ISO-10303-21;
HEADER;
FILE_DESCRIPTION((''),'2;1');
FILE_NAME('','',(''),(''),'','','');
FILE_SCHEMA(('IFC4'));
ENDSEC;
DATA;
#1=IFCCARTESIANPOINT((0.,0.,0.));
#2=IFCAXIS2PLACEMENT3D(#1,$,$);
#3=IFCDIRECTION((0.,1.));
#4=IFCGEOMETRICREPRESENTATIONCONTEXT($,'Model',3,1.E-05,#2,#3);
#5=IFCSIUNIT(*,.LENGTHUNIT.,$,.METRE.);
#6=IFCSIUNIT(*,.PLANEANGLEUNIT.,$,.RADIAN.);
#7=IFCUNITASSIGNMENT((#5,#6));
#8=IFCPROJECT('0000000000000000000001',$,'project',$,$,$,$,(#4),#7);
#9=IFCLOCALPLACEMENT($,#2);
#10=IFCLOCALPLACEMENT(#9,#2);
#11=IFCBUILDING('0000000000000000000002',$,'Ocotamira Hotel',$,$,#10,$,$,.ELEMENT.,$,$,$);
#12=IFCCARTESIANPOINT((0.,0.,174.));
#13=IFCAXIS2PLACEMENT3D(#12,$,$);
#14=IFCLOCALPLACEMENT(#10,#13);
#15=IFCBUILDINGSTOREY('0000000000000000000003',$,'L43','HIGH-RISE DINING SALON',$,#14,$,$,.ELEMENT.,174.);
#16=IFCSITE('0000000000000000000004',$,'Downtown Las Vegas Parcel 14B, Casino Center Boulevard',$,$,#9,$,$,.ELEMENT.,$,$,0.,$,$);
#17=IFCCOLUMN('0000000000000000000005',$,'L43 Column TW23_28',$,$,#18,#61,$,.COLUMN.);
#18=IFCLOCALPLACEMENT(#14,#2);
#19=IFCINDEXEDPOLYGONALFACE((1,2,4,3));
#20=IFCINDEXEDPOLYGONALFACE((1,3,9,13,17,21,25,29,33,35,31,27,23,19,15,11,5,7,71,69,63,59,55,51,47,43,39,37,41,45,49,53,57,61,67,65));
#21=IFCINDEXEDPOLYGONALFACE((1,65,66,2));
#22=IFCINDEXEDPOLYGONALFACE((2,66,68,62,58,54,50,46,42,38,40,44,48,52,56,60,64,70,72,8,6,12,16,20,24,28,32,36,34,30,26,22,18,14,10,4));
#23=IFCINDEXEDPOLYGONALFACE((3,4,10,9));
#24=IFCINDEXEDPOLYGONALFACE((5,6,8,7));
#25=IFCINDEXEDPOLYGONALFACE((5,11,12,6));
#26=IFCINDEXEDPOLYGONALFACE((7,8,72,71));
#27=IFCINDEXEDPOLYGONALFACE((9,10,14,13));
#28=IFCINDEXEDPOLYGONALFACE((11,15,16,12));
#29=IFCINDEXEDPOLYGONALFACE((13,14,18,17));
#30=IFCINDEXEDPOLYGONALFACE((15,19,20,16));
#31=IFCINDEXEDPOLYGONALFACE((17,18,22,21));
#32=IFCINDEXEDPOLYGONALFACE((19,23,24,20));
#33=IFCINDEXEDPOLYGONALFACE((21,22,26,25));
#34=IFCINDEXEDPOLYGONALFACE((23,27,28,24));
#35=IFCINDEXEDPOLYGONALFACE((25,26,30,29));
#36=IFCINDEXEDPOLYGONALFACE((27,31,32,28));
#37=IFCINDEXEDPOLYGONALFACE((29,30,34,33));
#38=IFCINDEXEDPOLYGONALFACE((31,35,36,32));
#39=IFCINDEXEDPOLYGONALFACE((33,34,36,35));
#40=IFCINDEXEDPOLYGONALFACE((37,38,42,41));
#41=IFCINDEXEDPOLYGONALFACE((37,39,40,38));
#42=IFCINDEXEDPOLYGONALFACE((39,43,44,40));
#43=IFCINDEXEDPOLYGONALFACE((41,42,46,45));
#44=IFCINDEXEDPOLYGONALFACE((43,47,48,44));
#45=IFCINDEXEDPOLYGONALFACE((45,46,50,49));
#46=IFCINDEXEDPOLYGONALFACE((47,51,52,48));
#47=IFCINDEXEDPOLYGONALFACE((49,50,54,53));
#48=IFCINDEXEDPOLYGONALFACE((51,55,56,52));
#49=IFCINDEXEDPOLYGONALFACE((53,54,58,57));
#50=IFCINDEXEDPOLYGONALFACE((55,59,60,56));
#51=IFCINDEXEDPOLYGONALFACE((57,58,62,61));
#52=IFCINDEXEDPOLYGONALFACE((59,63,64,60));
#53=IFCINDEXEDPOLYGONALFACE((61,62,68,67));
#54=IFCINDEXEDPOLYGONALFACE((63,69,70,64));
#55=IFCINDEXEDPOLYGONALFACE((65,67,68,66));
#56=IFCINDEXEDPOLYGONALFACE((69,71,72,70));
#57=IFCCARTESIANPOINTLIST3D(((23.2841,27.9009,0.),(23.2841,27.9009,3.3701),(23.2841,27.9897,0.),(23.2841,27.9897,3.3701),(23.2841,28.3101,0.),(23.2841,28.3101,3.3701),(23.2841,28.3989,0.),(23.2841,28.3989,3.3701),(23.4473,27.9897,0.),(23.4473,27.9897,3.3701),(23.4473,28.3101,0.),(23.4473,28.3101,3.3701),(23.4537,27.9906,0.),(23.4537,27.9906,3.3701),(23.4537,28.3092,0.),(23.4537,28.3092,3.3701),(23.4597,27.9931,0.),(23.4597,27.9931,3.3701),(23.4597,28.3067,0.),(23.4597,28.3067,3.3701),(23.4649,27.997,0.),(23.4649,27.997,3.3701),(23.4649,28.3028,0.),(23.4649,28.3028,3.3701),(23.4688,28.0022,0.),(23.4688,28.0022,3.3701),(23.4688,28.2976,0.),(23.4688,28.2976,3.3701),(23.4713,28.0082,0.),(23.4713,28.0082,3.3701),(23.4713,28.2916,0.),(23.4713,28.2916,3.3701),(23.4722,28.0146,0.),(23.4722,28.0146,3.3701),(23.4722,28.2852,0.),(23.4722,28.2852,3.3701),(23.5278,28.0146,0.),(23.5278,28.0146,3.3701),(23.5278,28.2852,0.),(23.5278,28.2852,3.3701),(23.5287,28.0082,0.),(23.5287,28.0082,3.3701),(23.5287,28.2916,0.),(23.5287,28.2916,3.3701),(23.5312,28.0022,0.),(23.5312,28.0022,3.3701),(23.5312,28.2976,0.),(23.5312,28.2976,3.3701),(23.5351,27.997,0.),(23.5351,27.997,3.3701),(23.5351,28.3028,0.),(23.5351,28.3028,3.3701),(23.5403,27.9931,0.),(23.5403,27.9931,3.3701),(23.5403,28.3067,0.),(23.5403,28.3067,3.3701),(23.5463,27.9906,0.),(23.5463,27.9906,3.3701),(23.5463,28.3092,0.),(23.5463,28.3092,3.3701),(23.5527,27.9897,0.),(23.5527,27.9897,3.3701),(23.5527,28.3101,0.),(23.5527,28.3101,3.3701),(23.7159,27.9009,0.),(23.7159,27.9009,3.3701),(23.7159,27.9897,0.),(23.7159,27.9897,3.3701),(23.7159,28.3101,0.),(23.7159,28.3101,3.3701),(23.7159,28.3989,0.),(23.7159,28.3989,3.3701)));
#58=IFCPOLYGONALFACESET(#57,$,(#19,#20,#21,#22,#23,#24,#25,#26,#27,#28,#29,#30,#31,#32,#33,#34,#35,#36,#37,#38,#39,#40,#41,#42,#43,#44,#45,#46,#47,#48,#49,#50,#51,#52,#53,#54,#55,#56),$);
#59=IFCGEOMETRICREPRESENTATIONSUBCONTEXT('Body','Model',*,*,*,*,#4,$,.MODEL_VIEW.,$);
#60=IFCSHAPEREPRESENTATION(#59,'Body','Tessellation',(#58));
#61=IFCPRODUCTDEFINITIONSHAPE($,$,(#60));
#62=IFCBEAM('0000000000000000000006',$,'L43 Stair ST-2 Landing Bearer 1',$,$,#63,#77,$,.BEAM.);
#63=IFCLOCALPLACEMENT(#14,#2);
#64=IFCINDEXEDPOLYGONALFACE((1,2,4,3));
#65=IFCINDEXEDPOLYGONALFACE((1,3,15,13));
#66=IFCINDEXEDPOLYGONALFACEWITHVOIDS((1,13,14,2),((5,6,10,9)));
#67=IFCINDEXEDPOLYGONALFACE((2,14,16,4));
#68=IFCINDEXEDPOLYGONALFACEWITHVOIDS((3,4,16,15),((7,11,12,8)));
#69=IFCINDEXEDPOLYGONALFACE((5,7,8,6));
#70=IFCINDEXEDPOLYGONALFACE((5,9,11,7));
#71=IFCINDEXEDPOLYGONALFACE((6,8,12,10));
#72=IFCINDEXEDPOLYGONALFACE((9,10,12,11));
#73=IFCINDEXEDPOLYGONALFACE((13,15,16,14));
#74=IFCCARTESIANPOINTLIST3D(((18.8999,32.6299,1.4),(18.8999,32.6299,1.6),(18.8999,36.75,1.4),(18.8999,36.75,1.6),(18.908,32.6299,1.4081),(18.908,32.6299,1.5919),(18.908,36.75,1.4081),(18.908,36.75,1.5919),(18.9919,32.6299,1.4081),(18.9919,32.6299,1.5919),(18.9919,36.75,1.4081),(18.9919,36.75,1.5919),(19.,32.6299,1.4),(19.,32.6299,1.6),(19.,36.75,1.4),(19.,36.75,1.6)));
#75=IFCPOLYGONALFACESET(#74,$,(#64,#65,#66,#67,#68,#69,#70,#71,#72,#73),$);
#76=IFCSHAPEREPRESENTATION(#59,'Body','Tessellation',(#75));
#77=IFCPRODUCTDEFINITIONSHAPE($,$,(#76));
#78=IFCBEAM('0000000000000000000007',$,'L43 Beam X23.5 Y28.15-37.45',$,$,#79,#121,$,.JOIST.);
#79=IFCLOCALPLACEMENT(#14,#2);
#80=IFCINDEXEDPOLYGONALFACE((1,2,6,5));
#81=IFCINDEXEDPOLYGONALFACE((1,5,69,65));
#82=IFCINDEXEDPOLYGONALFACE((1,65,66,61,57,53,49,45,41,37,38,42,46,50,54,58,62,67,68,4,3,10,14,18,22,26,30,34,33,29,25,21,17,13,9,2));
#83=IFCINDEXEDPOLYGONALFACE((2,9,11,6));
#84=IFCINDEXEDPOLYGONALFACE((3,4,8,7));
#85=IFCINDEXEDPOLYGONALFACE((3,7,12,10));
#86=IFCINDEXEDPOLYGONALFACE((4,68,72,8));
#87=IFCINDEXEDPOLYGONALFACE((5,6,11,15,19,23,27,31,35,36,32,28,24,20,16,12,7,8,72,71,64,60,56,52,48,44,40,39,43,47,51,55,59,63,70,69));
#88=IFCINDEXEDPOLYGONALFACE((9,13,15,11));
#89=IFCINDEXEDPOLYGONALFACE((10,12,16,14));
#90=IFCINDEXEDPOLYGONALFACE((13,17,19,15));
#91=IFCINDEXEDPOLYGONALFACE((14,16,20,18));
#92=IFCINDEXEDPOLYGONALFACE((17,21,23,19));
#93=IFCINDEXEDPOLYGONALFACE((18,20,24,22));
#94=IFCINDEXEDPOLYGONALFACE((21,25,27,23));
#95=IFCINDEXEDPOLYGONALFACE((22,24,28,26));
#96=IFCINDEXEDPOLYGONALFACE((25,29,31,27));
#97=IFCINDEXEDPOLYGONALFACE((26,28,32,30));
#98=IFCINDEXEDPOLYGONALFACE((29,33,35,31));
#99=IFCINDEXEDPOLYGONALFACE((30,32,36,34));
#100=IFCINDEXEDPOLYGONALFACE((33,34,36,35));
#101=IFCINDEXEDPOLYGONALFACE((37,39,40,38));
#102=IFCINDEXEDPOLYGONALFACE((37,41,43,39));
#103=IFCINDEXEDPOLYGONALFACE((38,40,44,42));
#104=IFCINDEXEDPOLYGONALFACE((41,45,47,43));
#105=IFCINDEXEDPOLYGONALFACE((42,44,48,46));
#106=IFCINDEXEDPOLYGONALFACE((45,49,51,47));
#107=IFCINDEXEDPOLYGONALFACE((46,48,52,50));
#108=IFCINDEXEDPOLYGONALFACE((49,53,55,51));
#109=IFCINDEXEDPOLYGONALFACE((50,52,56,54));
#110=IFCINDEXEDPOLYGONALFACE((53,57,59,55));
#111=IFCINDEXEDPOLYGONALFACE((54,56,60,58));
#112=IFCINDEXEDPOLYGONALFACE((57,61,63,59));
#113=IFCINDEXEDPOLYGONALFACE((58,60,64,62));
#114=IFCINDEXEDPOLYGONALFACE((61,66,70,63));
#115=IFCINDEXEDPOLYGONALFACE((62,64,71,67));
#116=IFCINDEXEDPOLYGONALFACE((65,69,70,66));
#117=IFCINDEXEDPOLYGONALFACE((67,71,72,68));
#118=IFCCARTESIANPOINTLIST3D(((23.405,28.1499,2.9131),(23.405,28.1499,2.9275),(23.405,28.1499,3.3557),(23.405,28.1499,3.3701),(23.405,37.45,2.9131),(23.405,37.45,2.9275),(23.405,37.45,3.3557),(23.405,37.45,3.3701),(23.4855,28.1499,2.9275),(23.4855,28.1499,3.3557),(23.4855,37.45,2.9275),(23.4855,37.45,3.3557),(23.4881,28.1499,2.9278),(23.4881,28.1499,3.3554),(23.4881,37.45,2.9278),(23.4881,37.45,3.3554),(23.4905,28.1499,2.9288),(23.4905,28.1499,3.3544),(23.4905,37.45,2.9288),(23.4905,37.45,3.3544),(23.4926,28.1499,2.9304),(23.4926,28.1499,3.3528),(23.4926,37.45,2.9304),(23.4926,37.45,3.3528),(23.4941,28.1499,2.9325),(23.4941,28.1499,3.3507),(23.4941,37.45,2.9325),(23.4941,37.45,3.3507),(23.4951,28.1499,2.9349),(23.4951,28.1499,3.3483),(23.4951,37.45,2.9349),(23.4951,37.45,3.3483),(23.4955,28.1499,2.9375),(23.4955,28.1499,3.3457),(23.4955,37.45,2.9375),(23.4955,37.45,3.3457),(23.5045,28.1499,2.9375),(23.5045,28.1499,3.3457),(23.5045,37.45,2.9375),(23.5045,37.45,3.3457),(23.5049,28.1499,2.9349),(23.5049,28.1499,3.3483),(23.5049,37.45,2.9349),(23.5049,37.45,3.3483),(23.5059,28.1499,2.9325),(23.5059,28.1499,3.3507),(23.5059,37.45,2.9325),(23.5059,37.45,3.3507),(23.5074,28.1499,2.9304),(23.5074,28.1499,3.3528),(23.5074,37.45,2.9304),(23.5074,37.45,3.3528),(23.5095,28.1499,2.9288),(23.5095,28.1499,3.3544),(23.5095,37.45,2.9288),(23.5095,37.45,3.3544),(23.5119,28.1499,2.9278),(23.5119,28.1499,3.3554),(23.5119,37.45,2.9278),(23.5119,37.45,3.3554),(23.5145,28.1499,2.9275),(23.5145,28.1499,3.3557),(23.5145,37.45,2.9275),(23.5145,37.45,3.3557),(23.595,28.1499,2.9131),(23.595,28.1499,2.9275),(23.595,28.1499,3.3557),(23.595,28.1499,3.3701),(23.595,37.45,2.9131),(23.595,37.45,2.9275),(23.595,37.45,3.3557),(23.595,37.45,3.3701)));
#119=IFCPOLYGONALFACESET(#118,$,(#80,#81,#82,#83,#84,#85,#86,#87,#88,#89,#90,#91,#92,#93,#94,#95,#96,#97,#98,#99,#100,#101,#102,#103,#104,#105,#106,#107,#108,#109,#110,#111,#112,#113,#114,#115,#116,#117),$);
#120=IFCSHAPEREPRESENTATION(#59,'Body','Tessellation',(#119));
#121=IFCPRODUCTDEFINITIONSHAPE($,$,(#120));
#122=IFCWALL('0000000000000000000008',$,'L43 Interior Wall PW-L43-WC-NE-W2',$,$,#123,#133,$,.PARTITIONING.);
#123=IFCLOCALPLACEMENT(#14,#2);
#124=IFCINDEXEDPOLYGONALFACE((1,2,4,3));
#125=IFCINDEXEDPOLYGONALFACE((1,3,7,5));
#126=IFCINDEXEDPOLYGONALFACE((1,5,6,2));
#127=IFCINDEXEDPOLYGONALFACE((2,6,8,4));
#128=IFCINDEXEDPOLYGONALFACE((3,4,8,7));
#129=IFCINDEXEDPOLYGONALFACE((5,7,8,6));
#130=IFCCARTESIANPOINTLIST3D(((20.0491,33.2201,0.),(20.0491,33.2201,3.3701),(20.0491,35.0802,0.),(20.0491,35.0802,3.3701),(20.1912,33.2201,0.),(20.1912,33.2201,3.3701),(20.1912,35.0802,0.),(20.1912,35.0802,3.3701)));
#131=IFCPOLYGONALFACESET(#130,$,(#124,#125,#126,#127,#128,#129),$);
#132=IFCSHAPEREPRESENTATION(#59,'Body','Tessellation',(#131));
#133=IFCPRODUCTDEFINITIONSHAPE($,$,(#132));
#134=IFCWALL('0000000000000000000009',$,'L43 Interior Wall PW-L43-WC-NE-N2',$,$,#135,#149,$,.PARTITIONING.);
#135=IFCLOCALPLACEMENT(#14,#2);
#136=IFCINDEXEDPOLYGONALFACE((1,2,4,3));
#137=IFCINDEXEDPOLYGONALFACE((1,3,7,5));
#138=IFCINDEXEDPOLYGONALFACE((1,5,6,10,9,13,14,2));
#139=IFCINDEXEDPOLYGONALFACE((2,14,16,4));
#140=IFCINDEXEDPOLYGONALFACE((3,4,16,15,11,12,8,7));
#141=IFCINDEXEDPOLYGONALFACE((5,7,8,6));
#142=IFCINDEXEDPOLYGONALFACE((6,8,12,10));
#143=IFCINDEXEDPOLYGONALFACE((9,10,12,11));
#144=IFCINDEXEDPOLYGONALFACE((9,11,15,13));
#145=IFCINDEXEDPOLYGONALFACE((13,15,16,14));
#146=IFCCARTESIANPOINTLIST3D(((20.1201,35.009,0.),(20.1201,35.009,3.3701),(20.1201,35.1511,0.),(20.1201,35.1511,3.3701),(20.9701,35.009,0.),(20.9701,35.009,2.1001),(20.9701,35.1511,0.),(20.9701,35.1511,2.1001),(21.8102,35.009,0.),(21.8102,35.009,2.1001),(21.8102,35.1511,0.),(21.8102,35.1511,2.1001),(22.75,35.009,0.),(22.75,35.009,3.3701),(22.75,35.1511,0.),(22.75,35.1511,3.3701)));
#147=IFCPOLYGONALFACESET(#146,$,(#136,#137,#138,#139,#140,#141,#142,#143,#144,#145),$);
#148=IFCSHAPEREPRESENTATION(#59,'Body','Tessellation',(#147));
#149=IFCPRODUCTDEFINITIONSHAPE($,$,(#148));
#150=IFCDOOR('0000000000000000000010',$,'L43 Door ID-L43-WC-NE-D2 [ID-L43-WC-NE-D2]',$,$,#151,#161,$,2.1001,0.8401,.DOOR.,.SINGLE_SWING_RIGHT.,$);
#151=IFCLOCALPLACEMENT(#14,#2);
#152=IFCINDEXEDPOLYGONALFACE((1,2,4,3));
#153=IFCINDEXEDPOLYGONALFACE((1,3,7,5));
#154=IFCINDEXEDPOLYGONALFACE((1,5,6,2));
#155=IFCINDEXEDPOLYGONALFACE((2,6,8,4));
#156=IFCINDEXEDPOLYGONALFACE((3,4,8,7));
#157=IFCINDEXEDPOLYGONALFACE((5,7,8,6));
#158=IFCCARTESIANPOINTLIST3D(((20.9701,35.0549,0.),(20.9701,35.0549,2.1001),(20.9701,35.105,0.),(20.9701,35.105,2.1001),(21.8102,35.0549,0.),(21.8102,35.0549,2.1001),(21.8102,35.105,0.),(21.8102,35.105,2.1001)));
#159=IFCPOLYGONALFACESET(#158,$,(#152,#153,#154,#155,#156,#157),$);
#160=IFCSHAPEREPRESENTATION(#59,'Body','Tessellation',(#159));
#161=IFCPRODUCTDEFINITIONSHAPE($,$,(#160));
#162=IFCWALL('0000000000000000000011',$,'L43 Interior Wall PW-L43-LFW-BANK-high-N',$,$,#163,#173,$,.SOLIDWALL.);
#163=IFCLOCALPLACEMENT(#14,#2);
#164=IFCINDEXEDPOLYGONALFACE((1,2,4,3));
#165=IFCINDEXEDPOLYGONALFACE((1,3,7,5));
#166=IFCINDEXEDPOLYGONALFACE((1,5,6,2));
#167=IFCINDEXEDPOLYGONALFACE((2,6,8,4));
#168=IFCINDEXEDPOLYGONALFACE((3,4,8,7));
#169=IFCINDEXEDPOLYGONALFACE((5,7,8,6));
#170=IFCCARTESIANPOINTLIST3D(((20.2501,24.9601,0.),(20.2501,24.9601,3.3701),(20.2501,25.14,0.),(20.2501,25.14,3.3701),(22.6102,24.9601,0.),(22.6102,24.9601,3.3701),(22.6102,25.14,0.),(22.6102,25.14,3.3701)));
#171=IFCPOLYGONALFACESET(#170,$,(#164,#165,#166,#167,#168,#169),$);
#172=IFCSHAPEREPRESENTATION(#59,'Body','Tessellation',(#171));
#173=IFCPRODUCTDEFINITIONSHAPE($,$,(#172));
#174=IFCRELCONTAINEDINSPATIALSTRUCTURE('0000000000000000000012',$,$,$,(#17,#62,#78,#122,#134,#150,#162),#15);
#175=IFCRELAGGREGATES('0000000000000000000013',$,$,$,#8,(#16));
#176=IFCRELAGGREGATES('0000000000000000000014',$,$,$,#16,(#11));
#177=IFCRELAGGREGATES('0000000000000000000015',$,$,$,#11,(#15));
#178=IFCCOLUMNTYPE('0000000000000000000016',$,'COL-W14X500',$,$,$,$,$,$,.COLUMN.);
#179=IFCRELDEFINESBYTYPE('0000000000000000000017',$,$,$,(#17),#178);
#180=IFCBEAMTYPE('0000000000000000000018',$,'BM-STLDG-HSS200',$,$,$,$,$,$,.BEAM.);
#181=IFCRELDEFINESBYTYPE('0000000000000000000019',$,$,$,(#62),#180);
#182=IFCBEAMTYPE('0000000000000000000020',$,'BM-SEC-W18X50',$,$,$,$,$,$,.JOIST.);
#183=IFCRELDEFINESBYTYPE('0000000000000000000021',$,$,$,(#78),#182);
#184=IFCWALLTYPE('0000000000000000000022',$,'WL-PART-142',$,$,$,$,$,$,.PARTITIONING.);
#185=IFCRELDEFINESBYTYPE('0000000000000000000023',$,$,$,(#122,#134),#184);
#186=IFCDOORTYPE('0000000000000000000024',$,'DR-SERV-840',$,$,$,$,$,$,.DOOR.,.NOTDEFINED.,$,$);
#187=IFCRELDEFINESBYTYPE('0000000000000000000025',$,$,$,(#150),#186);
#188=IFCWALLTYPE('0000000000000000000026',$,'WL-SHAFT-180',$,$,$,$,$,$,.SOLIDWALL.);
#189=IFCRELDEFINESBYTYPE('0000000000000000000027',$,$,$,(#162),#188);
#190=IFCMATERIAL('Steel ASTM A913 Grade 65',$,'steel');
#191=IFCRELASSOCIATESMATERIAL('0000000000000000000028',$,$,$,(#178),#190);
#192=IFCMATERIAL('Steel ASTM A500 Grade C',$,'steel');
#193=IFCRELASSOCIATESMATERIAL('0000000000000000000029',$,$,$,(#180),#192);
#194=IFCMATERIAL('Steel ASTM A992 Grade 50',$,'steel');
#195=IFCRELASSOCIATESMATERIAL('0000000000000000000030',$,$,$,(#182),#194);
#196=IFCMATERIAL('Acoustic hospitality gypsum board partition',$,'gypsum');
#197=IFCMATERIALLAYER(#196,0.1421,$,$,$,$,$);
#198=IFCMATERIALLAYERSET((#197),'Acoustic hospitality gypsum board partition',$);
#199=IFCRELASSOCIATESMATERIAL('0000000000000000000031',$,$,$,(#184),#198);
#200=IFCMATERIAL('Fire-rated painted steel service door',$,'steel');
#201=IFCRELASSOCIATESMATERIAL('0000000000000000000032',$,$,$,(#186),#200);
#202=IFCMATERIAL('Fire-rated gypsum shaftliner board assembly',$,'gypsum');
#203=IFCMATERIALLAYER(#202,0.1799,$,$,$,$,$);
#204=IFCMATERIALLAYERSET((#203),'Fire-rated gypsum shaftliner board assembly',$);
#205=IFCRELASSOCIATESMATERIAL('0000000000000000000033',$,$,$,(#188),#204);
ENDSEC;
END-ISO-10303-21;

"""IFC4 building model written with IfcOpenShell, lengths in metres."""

from ifc_helpers import new_model, si_unit, direction, frame, frame_2d, origin, origin_2d, place, context, subcontext, project, spatial, rectangle, hollow_rectangle, i_section, extrude, source, transform, mapped, material, layer, layer_set, material_profile, profile_set, type_object, element, fill, save


model = new_model("IFC4")

# Units and contexts
model_context = context("Model", 3, precision=1e-05, world=origin(), true_north=direction((0.0, 1.0)))
body_context = subcontext(model_context, "Body", "Model", "MODEL_VIEW")
ifc_project = project(units=[si_unit("LENGTHUNIT", "METRE"), si_unit("PLANEANGLEUNIT", "RADIAN")], contexts=[model_context])

# Site, building, storey
site_placement = place(None, origin())
site = spatial("IfcSite", under=ifc_project, at=site_placement, Name="Downtown Las Vegas Parcel 14B, Casino Center Boulevard", CompositionType="ELEMENT", RefElevation=0.0)
building_placement = place(site_placement, origin())
building = spatial("IfcBuilding", under=site, at=building_placement, Name="Ocotamira Hotel", CompositionType="ELEMENT")
storey_placement = place(building_placement, frame((0.0, 0.0, 174.0)))
storey = spatial("IfcBuildingStorey", under=building, at=storey_placement, Name="L43", Description="HIGH-RISE DINING SALON", CompositionType="ELEMENT", Elevation=174.0)

# Column
ifc_material_1 = material(Name="Steel ASTM A913 Grade 65", Category="steel")
ifc_material_profile_1 = material_profile(ifc_material_1, i_section(OverallWidth=0.4319, OverallDepth=0.498, WebThickness=0.0557, FlangeThickness=0.0889, FilletRadius=0.0249, at=origin_2d()), Name="W14X500")
ifc_profile_set_1 = profile_set([ifc_material_profile_1], Name="Steel ASTM A913 Grade 65")
column_type = type_object("IfcColumnType", Name="COL-W14X500", PredefinedType="COLUMN", material=ifc_profile_set_1)
shared_shape_1 = source(origin(), body_context, "Body", "SweptSolid", [
    extrude(i_section(OverallWidth=0.4319, OverallDepth=0.498, WebThickness=0.0557, FlangeThickness=0.0889, FilletRadius=0.0249, at=origin_2d()), origin(), (0.0, 0.0, 1.0), 3.3701),
])
column_placement = place(storey_placement, frame((23.5, 28.1499, 0.0), z_axis=(0.0, 0.0, 1.0), x_axis=(1.0, 0.0, 0.0)))
element("IfcColumn", 1, at=column_placement, inside=storey, type_object=column_type, Name="L43 Column TW23_28", PredefinedType="COLUMN", context=body_context, shape_type="MappedRepresentation", body=[
    mapped(shared_shape_1, transform((0.0, 0.0, 0.0), scale=1.0)),
])

# Beams
ifc_material_2 = material(Name="Steel ASTM A500 Grade C", Category="steel")
ifc_material_profile_2 = material_profile(ifc_material_2, hollow_rectangle(XDim=0.1001, YDim=0.2, WallThickness=0.0081, at=origin_2d()), Name="HSS200X100X8")
ifc_profile_set_2 = profile_set([ifc_material_profile_2], Name="Steel ASTM A500 Grade C")
beam_type_1 = type_object("IfcBeamType", Name="BM-STLDG-HSS200", PredefinedType="BEAM", material=ifc_profile_set_2)
shared_shape_2 = source(origin(), body_context, "Body", "SweptSolid", [
    extrude(hollow_rectangle(XDim=0.1001, YDim=0.2, WallThickness=0.0081, at=origin_2d()), origin(), (0.0, 0.0, 1.0), 4.1201),
])
beam_1_placement = place(storey_placement, frame((18.95, 32.6299, 1.5), z_axis=(0.0, 1.0, 0.0), x_axis=(-1.0, 0.0, 0.0)))
element("IfcBeam", 2, at=beam_1_placement, inside=storey, type_object=beam_type_1, Name="L43 Stair ST-2 Landing Bearer 1", PredefinedType="BEAM", context=body_context, shape_type="MappedRepresentation", body=[
    mapped(shared_shape_2, transform((0.0, 0.0, 0.0), scale=1.0)),
])
ifc_material_3 = material(Name="Steel ASTM A992 Grade 50", Category="steel")
ifc_material_profile_3 = material_profile(ifc_material_3, i_section(OverallWidth=0.1899, OverallDepth=0.457, WebThickness=0.009, FlangeThickness=0.0144, FilletRadius=0.01, at=origin_2d()), Name="W18X50")
ifc_profile_set_3 = profile_set([ifc_material_profile_3], Name="Steel ASTM A992 Grade 50")
beam_type_2 = type_object("IfcBeamType", Name="BM-SEC-W18X50", PredefinedType="JOIST", material=ifc_profile_set_3)
shared_shape_3 = source(origin(), body_context, "Body", "SweptSolid", [
    extrude(i_section(OverallWidth=0.1899, OverallDepth=0.457, WebThickness=0.009, FlangeThickness=0.0144, FilletRadius=0.01, at=origin_2d()), origin(), (0.0, 0.0, 1.0), 9.3),
])
beam_2_placement = place(storey_placement, frame((23.5, 28.1499, 3.1416), z_axis=(0.0, 1.0, 0.0), x_axis=(-1.0, 0.0, 0.0)))
element("IfcBeam", 3, at=beam_2_placement, inside=storey, type_object=beam_type_2, Name="L43 Beam X23.5 Y28.15-37.45", PredefinedType="JOIST", context=body_context, shape_type="MappedRepresentation", body=[
    mapped(shared_shape_3, transform((0.0, 0.0, 0.0), scale=1.0)),
])

# Wall
ifc_material_4 = material(Name="Acoustic hospitality gypsum board partition", Category="gypsum")
ifc_layer_1 = layer(ifc_material_4, 0.1421)
ifc_layer_set_1 = layer_set([ifc_layer_1], Name="Acoustic hospitality gypsum board partition")
wall_type_1 = type_object("IfcWallType", Name="WL-PART-142", PredefinedType="PARTITIONING", material=ifc_layer_set_1)
wall_1_placement = place(storey_placement, frame((20.1201, 33.22, 0.0), z_axis=(0.0, 0.0, 1.0), x_axis=(0.0, 1.0, 0.0)))
element("IfcWall", 4, at=wall_1_placement, inside=storey, type_object=wall_type_1, Name="L43 Interior Wall PW-L43-WC-NE-W2", PredefinedType="PARTITIONING", context=body_context, shape_type="SweptSolid", body=[
    extrude(rectangle(XDim=1.8601, YDim=0.1421, at=frame_2d((0.9302, 0.0))), origin(), (0.0, 0.0, 1.0), 3.3701),
])

# Wall, opening, door
wall_2_placement = place(storey_placement, frame((20.1201, 35.0801, 0.0), z_axis=(0.0, 0.0, 1.0), x_axis=(1.0, 0.0, 0.0)))
wall_2 = element("IfcWall", 5, at=wall_2_placement, inside=storey, type_object=wall_type_1, Name="L43 Interior Wall PW-L43-WC-NE-N2", PredefinedType="PARTITIONING", context=body_context, shape_type="SweptSolid", body=[
    extrude(rectangle(XDim=2.6299, YDim=0.1421, at=frame_2d((1.3149, 0.0))), origin(), (0.0, 0.0, 1.0), 3.3701),
])
opening_1_placement = place(wall_2_placement, frame((0.8501, 0.0, 0.0)))
opening_1 = element("IfcOpeningElement", 6, at=opening_1_placement, cuts=wall_2, PredefinedType="OPENING", context=body_context, shape_type="SweptSolid", body=[
    extrude(rectangle(XDim=0.8401, YDim=2.1001, at=frame_2d((0.4199, 1.05))), frame((0.0, 0.0811, 0.0), z_axis=(0.0, -1.0, 0.0), x_axis=(1.0, 0.0, 0.0)), (0.0, 0.0, 1.0), 0.1621),
])
ifc_material_5 = material(Name="Fire-rated painted steel service door", Category="steel")
door_type_1 = type_object("IfcDoorType", Name="DR-SERV-840", OperationType="NOTDEFINED", PredefinedType="DOOR", material=ifc_material_5)
shared_shape_4 = source(origin(), body_context, "Body", "SweptSolid", [
    extrude(rectangle(XDim=0.8401, YDim=2.1001, at=frame_2d((0.4199, 1.05))), frame((0.0, 0.0249, 0.0), z_axis=(0.0, -1.0, 0.0), x_axis=(1.0, 0.0, 0.0)), (0.0, 0.0, 1.0), 0.05),
])
door_1_placement = place(opening_1_placement, origin())
door_1 = element("IfcDoor", 7, at=door_1_placement, inside=storey, type_object=door_type_1, Name="L43 Door ID-L43-WC-NE-D2 [ID-L43-WC-NE-D2]", OperationType="SINGLE_SWING_RIGHT", OverallHeight=2.1001, OverallWidth=0.8401, PredefinedType="DOOR", context=body_context, shape_type="MappedRepresentation", body=[
    mapped(shared_shape_4, transform((0.0, 0.0, 0.0), scale=1.0)),
])
fill(opening_1, door_1)

# Wall
ifc_material_6 = material(Name="Fire-rated gypsum shaftliner board assembly", Category="gypsum")
ifc_layer_2 = layer(ifc_material_6, 0.1799)
ifc_layer_set_2 = layer_set([ifc_layer_2], Name="Fire-rated gypsum shaftliner board assembly")
wall_type_2 = type_object("IfcWallType", Name="WL-SHAFT-180", PredefinedType="SOLIDWALL", material=ifc_layer_set_2)
wall_3_placement = place(storey_placement, frame((20.25, 25.05, 0.0), z_axis=(0.0, 0.0, 1.0), x_axis=(1.0, 0.0, 0.0)))
element("IfcWall", 8, at=wall_3_placement, inside=storey, type_object=wall_type_2, Name="L43 Interior Wall PW-L43-LFW-BANK-high-N", PredefinedType="SOLIDWALL", context=body_context, shape_type="SweptSolid", body=[
    extrude(rectangle(XDim=2.3601, YDim=0.1799, at=frame_2d((1.1802, 0.0))), origin(), (0.0, 0.0, 1.0), 3.3701),
])

save(model, "model.ifc")
